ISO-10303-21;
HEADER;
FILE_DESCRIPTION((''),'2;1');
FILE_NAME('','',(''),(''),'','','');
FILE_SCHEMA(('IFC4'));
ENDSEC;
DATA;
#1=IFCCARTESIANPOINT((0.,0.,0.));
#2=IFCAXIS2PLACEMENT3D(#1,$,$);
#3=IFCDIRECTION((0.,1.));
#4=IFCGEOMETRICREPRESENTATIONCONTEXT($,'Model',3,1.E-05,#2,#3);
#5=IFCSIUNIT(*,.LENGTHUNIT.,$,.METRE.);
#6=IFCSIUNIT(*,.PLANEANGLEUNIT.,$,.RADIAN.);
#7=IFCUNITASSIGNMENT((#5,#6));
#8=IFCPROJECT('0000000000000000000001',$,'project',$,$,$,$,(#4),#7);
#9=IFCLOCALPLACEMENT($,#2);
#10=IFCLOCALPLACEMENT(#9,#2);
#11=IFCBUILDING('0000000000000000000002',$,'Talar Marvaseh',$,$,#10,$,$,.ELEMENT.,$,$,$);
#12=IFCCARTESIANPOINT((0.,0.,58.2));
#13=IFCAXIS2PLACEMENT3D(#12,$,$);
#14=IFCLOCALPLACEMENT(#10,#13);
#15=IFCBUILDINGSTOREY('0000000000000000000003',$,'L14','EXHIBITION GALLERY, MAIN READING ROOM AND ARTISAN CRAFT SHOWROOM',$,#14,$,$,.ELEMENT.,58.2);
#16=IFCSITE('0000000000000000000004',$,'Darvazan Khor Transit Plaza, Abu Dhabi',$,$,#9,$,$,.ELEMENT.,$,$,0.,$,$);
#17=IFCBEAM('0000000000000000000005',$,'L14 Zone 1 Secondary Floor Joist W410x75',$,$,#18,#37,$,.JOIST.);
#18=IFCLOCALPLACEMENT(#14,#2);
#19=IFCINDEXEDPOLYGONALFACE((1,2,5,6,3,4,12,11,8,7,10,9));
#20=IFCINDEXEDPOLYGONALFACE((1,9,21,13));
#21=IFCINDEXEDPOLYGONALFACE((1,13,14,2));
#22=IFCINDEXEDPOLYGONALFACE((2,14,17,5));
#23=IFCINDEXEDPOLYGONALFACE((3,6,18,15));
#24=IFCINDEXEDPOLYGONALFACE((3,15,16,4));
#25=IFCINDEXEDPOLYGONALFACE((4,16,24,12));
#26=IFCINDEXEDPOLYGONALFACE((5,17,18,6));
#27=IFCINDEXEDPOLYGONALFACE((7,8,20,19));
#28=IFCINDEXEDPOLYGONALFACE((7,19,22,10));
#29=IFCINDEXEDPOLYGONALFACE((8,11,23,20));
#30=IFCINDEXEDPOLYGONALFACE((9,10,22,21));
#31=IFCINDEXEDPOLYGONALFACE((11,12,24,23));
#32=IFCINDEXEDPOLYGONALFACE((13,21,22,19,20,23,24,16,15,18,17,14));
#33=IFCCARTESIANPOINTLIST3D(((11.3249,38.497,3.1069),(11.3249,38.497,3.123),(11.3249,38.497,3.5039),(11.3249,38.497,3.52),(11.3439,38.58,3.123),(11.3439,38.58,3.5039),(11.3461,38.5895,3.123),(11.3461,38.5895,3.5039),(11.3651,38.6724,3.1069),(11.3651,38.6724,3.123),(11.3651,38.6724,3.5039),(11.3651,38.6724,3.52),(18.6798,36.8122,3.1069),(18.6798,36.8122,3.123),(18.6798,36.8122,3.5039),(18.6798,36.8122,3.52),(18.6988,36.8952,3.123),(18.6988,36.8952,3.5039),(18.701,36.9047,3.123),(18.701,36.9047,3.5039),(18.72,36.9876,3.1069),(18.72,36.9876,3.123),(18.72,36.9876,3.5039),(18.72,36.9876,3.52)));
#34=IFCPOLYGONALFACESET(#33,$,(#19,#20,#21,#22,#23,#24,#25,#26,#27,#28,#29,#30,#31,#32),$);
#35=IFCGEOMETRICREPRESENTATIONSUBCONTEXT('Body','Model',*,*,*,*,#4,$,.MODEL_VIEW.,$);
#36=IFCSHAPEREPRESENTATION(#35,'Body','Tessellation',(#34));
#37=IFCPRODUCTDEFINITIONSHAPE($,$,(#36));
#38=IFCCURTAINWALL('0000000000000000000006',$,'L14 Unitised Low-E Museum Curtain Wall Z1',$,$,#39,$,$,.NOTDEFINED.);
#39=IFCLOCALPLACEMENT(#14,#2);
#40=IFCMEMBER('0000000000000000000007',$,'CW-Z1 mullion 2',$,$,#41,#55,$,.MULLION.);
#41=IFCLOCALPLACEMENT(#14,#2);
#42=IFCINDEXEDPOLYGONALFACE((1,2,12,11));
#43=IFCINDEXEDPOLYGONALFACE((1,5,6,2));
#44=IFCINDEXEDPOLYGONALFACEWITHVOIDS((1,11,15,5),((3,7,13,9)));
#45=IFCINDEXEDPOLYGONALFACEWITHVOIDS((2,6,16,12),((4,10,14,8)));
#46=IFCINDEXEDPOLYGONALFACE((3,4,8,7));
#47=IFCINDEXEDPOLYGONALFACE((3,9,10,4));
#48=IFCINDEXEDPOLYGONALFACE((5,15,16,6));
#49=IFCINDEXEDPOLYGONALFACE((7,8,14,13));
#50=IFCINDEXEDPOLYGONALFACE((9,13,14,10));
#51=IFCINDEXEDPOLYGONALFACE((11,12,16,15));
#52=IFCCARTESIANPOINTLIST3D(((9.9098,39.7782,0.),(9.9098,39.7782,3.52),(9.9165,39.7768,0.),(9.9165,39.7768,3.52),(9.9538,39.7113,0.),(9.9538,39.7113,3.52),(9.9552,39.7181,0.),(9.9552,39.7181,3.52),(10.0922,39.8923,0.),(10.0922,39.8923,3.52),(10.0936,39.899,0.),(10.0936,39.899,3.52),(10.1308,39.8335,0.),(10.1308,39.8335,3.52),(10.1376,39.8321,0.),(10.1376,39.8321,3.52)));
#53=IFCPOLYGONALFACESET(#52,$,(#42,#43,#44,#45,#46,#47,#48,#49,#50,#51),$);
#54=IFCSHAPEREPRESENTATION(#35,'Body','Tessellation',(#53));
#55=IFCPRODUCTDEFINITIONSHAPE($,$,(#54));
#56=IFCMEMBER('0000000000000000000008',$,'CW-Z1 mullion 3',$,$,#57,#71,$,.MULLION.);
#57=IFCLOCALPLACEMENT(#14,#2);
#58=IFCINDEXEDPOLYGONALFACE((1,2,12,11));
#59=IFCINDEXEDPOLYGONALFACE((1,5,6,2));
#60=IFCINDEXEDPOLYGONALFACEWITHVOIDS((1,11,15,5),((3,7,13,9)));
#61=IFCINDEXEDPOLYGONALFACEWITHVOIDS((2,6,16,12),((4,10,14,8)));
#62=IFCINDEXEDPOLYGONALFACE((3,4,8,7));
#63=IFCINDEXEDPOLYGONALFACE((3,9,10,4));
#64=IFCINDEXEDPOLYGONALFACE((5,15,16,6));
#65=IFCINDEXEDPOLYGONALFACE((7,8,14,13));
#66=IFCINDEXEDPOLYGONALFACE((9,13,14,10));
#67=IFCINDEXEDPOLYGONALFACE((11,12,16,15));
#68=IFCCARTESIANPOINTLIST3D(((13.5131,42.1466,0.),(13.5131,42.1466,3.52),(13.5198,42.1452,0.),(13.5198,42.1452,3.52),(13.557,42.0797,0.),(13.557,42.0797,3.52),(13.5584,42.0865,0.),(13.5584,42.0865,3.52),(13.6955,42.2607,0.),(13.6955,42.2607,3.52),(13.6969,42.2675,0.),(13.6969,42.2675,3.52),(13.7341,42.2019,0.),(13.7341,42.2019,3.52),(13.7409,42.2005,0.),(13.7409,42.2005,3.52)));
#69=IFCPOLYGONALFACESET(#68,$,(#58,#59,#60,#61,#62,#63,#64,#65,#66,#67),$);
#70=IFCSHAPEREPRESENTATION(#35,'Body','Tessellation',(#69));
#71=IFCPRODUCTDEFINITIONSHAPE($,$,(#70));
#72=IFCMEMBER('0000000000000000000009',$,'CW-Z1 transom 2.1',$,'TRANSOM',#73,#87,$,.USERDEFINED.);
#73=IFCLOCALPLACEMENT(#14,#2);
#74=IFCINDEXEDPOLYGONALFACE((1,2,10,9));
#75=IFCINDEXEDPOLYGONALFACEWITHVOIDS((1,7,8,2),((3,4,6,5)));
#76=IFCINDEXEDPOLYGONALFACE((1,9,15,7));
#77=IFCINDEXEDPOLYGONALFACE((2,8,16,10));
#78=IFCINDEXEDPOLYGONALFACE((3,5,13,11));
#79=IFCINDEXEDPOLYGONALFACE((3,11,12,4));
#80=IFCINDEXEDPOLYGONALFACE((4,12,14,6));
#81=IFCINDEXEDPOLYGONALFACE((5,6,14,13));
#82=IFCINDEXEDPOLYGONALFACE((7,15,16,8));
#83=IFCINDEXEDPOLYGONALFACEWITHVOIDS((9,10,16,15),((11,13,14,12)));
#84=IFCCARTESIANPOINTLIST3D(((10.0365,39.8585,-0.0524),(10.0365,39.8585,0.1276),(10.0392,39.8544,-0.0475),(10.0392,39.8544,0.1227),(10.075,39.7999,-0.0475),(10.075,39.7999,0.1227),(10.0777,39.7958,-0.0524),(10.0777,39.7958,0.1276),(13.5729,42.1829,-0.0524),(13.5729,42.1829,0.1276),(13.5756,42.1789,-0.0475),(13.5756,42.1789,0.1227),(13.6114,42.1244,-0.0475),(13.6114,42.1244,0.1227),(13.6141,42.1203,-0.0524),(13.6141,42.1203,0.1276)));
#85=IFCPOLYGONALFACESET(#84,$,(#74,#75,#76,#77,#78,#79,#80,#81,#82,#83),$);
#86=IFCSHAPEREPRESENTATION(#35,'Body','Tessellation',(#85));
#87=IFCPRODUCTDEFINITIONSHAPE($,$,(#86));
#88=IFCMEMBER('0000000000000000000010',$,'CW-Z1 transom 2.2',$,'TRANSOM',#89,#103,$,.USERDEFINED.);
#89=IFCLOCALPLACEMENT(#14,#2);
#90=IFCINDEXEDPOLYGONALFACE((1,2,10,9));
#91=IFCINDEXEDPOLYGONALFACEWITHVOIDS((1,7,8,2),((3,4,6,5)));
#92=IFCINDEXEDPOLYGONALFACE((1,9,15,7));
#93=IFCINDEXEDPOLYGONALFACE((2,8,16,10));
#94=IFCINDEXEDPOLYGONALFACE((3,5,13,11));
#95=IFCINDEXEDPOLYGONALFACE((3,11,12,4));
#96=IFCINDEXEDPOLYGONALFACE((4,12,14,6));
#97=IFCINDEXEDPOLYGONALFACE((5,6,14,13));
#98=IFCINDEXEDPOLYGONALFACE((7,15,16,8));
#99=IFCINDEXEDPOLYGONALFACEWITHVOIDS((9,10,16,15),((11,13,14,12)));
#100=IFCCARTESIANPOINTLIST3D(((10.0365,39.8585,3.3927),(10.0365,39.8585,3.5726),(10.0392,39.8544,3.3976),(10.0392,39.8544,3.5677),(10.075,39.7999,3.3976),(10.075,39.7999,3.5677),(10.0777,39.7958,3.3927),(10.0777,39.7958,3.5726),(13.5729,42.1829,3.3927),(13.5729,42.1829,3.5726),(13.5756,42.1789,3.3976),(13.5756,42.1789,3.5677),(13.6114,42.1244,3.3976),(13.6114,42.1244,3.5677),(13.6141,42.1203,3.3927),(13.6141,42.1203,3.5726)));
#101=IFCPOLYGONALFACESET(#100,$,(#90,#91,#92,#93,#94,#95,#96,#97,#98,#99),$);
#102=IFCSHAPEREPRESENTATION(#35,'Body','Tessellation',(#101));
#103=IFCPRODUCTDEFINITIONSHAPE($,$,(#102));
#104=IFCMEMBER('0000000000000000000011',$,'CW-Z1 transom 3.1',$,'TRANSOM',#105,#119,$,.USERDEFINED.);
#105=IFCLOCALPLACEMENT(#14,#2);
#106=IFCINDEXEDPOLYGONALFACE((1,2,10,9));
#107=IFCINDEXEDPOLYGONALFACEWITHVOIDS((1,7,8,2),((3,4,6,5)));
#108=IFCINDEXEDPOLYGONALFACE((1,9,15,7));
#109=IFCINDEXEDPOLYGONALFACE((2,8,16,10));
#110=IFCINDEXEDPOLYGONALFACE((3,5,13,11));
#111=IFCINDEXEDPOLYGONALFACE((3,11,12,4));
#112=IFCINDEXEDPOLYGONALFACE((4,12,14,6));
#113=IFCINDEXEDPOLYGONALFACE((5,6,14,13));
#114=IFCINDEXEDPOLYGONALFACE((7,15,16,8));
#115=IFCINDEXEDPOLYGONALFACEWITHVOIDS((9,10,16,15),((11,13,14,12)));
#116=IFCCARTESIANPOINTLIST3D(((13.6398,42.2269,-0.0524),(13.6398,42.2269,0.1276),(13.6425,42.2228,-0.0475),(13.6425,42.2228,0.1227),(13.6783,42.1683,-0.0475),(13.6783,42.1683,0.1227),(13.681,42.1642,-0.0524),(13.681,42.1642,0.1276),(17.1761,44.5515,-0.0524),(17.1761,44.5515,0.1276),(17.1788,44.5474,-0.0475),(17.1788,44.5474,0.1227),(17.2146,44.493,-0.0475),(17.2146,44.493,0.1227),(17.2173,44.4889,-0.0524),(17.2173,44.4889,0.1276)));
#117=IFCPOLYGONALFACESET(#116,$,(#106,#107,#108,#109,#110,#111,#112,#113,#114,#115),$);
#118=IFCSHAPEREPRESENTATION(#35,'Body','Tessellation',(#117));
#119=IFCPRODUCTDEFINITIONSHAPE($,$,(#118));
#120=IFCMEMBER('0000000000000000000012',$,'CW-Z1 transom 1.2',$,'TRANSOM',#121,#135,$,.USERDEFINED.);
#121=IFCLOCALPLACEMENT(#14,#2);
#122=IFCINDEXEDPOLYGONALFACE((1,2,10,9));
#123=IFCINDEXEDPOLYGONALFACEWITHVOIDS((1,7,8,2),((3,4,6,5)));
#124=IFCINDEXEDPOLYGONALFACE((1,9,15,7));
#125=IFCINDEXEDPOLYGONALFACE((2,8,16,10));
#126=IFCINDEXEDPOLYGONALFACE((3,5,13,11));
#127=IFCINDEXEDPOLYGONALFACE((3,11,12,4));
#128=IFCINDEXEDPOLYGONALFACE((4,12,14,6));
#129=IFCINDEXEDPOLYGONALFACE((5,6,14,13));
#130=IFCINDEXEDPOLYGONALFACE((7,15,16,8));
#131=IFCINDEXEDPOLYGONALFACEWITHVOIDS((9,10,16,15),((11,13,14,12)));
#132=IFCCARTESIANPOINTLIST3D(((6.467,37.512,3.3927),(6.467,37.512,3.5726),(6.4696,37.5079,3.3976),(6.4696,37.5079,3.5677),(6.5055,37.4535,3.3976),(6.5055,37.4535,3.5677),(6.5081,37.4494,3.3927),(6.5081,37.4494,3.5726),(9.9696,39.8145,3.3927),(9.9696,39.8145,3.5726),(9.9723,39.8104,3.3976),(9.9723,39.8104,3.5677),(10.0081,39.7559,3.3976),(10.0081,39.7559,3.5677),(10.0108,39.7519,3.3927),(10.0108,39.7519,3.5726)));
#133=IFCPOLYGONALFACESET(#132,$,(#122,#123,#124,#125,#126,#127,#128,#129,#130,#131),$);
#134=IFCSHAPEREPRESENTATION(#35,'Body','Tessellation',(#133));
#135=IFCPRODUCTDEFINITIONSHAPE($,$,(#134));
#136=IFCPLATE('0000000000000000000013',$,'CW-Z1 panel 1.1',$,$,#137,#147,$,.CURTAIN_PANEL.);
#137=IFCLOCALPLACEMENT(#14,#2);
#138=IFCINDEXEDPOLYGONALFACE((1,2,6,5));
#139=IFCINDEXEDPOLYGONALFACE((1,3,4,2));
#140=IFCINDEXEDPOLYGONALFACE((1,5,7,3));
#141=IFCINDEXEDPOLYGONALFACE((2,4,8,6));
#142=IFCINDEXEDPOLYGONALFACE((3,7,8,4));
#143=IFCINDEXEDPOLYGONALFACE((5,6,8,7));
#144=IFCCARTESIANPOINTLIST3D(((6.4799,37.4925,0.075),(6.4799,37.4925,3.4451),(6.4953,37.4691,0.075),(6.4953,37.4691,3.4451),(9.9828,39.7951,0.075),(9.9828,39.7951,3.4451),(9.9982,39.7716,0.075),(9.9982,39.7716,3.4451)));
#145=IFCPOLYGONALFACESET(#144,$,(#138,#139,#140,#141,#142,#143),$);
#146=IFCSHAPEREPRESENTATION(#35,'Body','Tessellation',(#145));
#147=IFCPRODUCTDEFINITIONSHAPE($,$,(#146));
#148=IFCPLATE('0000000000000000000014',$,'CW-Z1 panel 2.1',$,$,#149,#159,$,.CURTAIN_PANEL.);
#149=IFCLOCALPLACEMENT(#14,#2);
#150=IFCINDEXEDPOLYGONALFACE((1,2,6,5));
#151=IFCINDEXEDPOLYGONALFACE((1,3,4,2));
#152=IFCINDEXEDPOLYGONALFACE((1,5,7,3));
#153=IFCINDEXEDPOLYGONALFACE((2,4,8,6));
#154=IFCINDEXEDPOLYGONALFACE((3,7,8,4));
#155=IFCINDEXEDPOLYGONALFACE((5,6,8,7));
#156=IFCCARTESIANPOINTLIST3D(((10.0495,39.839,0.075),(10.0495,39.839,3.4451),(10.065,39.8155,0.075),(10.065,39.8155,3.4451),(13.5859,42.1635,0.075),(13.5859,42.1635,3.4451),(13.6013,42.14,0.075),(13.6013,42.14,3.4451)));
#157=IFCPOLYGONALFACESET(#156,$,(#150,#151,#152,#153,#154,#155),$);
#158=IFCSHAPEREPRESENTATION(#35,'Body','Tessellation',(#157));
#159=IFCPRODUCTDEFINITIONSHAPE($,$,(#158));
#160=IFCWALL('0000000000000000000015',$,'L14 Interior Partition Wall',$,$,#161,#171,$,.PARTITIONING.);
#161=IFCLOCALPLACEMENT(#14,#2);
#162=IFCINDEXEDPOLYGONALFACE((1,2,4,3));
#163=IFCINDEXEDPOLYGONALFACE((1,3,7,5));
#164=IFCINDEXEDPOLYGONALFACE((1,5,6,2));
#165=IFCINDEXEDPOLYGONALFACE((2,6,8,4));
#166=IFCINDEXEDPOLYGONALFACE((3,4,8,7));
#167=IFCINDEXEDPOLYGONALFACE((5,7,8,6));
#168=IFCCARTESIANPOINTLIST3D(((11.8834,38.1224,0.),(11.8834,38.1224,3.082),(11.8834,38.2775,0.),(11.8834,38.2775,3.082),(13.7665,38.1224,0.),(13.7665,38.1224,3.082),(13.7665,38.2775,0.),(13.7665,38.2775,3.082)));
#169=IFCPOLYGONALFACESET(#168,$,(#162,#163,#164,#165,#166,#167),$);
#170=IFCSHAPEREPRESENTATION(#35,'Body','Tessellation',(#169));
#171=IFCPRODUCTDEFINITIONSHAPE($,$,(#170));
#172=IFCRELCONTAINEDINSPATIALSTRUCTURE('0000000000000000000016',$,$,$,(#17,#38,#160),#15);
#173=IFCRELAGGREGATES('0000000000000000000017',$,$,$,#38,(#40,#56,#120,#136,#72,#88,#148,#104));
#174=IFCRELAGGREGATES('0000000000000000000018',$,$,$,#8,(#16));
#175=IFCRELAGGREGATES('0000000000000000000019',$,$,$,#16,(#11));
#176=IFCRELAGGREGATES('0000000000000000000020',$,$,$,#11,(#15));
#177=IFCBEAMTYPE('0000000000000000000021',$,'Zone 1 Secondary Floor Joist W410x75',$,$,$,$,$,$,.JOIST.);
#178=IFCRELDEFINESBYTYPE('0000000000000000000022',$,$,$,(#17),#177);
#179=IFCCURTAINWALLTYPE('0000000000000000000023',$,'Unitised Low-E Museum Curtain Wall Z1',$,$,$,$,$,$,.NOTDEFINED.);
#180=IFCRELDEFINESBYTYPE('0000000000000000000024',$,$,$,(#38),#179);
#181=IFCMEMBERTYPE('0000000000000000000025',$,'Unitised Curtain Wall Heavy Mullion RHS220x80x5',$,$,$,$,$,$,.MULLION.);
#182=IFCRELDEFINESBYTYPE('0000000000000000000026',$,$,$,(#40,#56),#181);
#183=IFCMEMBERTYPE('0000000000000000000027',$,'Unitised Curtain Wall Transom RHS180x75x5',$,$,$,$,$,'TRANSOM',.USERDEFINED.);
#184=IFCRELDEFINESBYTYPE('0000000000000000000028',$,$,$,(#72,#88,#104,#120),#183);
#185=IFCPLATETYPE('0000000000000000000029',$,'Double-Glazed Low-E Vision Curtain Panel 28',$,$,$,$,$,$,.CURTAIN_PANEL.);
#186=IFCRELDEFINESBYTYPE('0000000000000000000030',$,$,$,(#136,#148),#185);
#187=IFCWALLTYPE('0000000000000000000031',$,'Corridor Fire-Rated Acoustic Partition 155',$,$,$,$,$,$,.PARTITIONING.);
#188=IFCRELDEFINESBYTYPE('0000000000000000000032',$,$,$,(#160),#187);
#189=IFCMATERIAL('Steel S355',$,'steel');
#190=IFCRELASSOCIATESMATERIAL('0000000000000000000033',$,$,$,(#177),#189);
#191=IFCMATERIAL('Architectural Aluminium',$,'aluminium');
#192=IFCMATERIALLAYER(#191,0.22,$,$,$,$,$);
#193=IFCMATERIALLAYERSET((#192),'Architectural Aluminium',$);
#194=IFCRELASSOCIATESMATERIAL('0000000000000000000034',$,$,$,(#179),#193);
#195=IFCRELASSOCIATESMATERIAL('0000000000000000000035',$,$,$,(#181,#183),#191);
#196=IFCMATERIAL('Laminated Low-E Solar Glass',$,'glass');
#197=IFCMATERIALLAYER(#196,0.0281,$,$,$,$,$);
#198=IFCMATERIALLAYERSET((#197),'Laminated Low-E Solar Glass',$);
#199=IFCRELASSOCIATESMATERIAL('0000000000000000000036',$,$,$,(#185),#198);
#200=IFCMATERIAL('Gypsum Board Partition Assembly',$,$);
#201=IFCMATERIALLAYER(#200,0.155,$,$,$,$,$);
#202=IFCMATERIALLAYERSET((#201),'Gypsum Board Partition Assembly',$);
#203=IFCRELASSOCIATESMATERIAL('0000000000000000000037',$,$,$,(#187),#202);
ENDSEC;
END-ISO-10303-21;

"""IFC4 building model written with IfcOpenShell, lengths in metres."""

from ifc_helpers import new_model, si_unit, direction, frame, frame_2d, origin, origin_2d, place, context, subcontext, project, spatial, rectangle, hollow_rectangle, i_section, extrude, source, transform, mapped, material, layer, layer_set, material_profile, profile_set, type_object, type_shapes, element, aggregate, save


model = new_model("IFC4")

# Units and contexts
model_context = context("Model", 3, precision=1e-05, world=origin(), true_north=direction((0.0, 1.0)))
body_context = subcontext(model_context, "Body", "Model", "MODEL_VIEW")
ifc_project = project(units=[si_unit("LENGTHUNIT", "METRE"), si_unit("PLANEANGLEUNIT", "RADIAN")], contexts=[model_context])

# Site, building, storey
site_placement = place(None, origin())
site = spatial("IfcSite", under=ifc_project, at=site_placement, Name="Darvazan Khor Transit Plaza, Abu Dhabi", CompositionType="ELEMENT", RefElevation=0.0)
building_placement = place(site_placement, origin())
building = spatial("IfcBuilding", under=site, at=building_placement, Name="Talar Marvaseh", CompositionType="ELEMENT")
storey_placement = place(building_placement, frame((0.0, 0.0, 58.2)))
storey = spatial("IfcBuildingStorey", under=building, at=storey_placement, Name="L14", Description="EXHIBITION GALLERY, MAIN READING ROOM AND ARTISAN CRAFT SHOWROOM", CompositionType="ELEMENT", Elevation=58.2)

# Beam
ifc_material_1 = material(Name="Steel S355", Category="steel")
ifc_material_profile_1 = material_profile(ifc_material_1, i_section(OverallWidth=0.1799, OverallDepth=0.4131, WebThickness=0.0098, FlangeThickness=0.0161, at=origin_2d()), Name="W410x75")
ifc_profile_set_1 = profile_set([ifc_material_profile_1], Name="Steel S355")
beam_type = type_object("IfcBeamType", Name="Zone 1 Secondary Floor Joist W410x75", PredefinedType="JOIST", material=ifc_profile_set_1)
beam_placement = place(storey_placement, frame((11.345, 38.5847, 3.3135), z_axis=(0.974753, -0.223288, 0.0), x_axis=(0.223288, 0.974753, 0.0)))
element("IfcBeam", 1, at=beam_placement, inside=storey, type_object=beam_type, Name="L14 Zone 1 Secondary Floor Joist W410x75", PredefinedType="JOIST", context=body_context, shape_type="SweptSolid", body=[
    extrude(i_section(OverallWidth=0.1799, OverallDepth=0.4131, WebThickness=0.0098, FlangeThickness=0.0161, at=origin_2d()), origin(), (0.0, 0.0, 1.0), 7.5454),
])

# Curtain wall, members, plates
ifc_material_2 = material(Name="Architectural Aluminium", Category="aluminium")
ifc_layer_1 = layer(ifc_material_2, 0.22)
ifc_layer_set_1 = layer_set([ifc_layer_1], Name="Architectural Aluminium")
curtain_wall_type = type_object("IfcCurtainWallType", Name="Unitised Low-E Museum Curtain Wall Z1", PredefinedType="NOTDEFINED", material=ifc_layer_set_1)
curtain_wall_placement = place(storey_placement, origin())
curtain_wall = element("IfcCurtainWall", 2, at=curtain_wall_placement, inside=storey, type_object=curtain_wall_type, Name="L14 Unitised Low-E Museum Curtain Wall Z1", PredefinedType="NOTDEFINED")
ifc_material_profile_2 = material_profile(ifc_material_2, hollow_rectangle(XDim=0.0801, YDim=0.22, WallThickness=0.0049, at=origin_2d()), Name="RHS220x80x5")
ifc_profile_set_2 = profile_set([ifc_material_profile_2], Name="Architectural Aluminium")
member_type_1 = type_object("IfcMemberType", Name="Unitised Curtain Wall Heavy Mullion RHS220x80x5", PredefinedType="MULLION", material=ifc_profile_set_2)
shared_shape_1 = source(origin(), body_context, "Body", "SweptSolid", [
    extrude(hollow_rectangle(XDim=0.0801, YDim=0.22, WallThickness=0.0049, at=origin_2d()), origin(), (0.0, 0.0, 1.0), 3.52),
])
type_shapes(member_type_1, [shared_shape_1])
member_1_placement = place(storey_placement, frame((10.0237, 39.8052, 0.0), z_axis=(0.0, 0.0, 1.0), x_axis=(-0.549283, 0.835636, 0.0)))
member_1 = element("IfcMember", 3, at=member_1_placement, type_object=member_type_1, Name="CW-Z1 mullion 2", PredefinedType="MULLION", context=body_context, shape_type="MappedRepresentation", body=[
    mapped(shared_shape_1, transform((0.0, 0.0, 0.0), x_axis=(1.0, 0.0, 0.0), y_axis=(0.0, 1.0, 0.0), z_axis=(0.0, 0.0, 1.0), scale=1.0)),
])
member_2_placement = place(storey_placement, frame((13.627, 42.1736, 0.0), z_axis=(0.0, 0.0, 1.0), x_axis=(-0.549283, 0.835636, 0.0)))
member_2 = element("IfcMember", 4, at=member_2_placement, type_object=member_type_1, Name="CW-Z1 mullion 3", PredefinedType="MULLION", context=body_context, shape_type="MappedRepresentation", body=[
    mapped(shared_shape_1, transform((0.0, 0.0, 0.0), x_axis=(1.0, 0.0, 0.0), y_axis=(0.0, 1.0, 0.0), z_axis=(0.0, 0.0, 1.0), scale=1.0)),
])
ifc_material_profile_3 = material_profile(ifc_material_2, hollow_rectangle(XDim=0.075, YDim=0.1799, WallThickness=0.0049, at=origin_2d()), Name="RHS180x75x5")
ifc_profile_set_3 = profile_set([ifc_material_profile_3], Name="Architectural Aluminium")
member_type_2 = type_object("IfcMemberType", Name="Unitised Curtain Wall Transom RHS180x75x5", ElementType="TRANSOM", PredefinedType="USERDEFINED", material=ifc_profile_set_3)
shared_shape_2 = source(origin(), body_context, "Body", "SweptSolid", [
    extrude(hollow_rectangle(XDim=0.075, YDim=0.1799, WallThickness=0.0049, at=origin_2d()), origin(), (0.0, 0.0, 1.0), 4.2319),
])
member_3_placement = place(storey_placement, frame((10.0571, 39.8271, 0.0376), z_axis=(0.835645, 0.54927, 0.0), x_axis=(-0.54927, 0.835645, 0.0)))
member_3 = element("IfcMember", 5, at=member_3_placement, type_object=member_type_2, Name="CW-Z1 transom 2.1", ObjectType="TRANSOM", PredefinedType="USERDEFINED", context=body_context, shape_type="MappedRepresentation", body=[
    mapped(shared_shape_2, transform((0.0, 0.0, 0.0), x_axis=(1.0, 0.0, 0.0), y_axis=(0.0, 1.0, 0.0), z_axis=(0.0, 0.0, 1.0), scale=1.0)),
])
member_4_placement = place(storey_placement, frame((10.0571, 39.8271, 3.4827), z_axis=(0.835645, 0.54927, 0.0), x_axis=(-0.54927, 0.835645, 0.0)))
member_4 = element("IfcMember", 6, at=member_4_placement, type_object=member_type_2, Name="CW-Z1 transom 2.2", ObjectType="TRANSOM", PredefinedType="USERDEFINED", context=body_context, shape_type="MappedRepresentation", body=[
    mapped(shared_shape_2, transform((0.0, 0.0, 0.0), x_axis=(1.0, 0.0, 0.0), y_axis=(0.0, 1.0, 0.0), z_axis=(0.0, 0.0, 1.0), scale=1.0)),
])
member_5_placement = place(storey_placement, frame((13.6604, 42.1956, 0.0376), z_axis=(0.835618, 0.54931, 0.0), x_axis=(-0.54931, 0.835618, 0.0)))
member_5 = element("IfcMember", 7, at=member_5_placement, type_object=member_type_2, Name="CW-Z1 transom 3.1", ObjectType="TRANSOM", PredefinedType="USERDEFINED", context=body_context, shape_type="MappedRepresentation", body=[
    mapped(shared_shape_2, transform((0.0, 0.0, 0.0), x_axis=(1.0, 0.0, 0.0), y_axis=(0.0, 1.0, 0.0), z_axis=(0.0, 0.0, 1.0), scale=1.0)),
])
shared_shape_3 = source(origin(), body_context, "Body", "SweptSolid", [
    extrude(hollow_rectangle(XDim=0.075, YDim=0.1799, WallThickness=0.0049, at=origin_2d()), origin(), (0.0, 0.0, 1.0), 4.1917),
])
type_shapes(member_type_2, [shared_shape_2, shared_shape_3])
member_6_placement = place(storey_placement, frame((6.4875, 37.4807, 3.4827), z_axis=(0.835626, 0.549299, 0.0), x_axis=(-0.549299, 0.835626, 0.0)))
member_6 = element("IfcMember", 8, at=member_6_placement, type_object=member_type_2, Name="CW-Z1 transom 1.2", ObjectType="TRANSOM", PredefinedType="USERDEFINED", context=body_context, shape_type="MappedRepresentation", body=[
    mapped(shared_shape_3, transform((0.0, 0.0, 0.0), x_axis=(1.0, 0.0, 0.0), y_axis=(0.0, 1.0, 0.0), z_axis=(0.0, 0.0, 1.0), scale=1.0)),
])
ifc_material_3 = material(Name="Laminated Low-E Solar Glass", Category="glass")
ifc_layer_2 = layer(ifc_material_3, 0.0281)
ifc_layer_set_2 = layer_set([ifc_layer_2], Name="Laminated Low-E Solar Glass")
plate_type = type_object("IfcPlateType", Name="Double-Glazed Low-E Vision Curtain Panel 28", PredefinedType="CURTAIN_PANEL", material=ifc_layer_set_2)
shared_shape_4 = source(origin(), body_context, "Body", "SweptSolid", [
    extrude(rectangle(XDim=4.1919, YDim=0.0281, at=origin_2d()), origin(), (0.0, 0.0, 1.0), 3.3701),
])
plate_1_placement = place(storey_placement, frame((8.239, 38.6321, 0.075), z_axis=(0.0, 0.0, 1.0), x_axis=(0.835636, 0.549283, 0.0)))
plate_1 = element("IfcPlate", 9, at=plate_1_placement, type_object=plate_type, Name="CW-Z1 panel 1.1", PredefinedType="CURTAIN_PANEL", context=body_context, shape_type="MappedRepresentation", body=[
    mapped(shared_shape_4, transform((0.0, 0.0, 0.0), x_axis=(1.0, 0.0, 0.0), y_axis=(0.0, 1.0, 0.0), z_axis=(0.0, 0.0, 1.0), scale=1.0)),
])
shared_shape_5 = source(origin(), body_context, "Body", "SweptSolid", [
    extrude(rectangle(XDim=4.2319, YDim=0.0281, at=origin_2d()), origin(), (0.0, 0.0, 1.0), 3.3701),
])
type_shapes(plate_type, [shared_shape_4, shared_shape_5])
plate_2_placement = place(storey_placement, frame((11.8254, 40.9895, 0.075), z_axis=(0.0, 0.0, 1.0), x_axis=(0.835636, 0.549283, 0.0)))
plate_2 = element("IfcPlate", 10, at=plate_2_placement, type_object=plate_type, Name="CW-Z1 panel 2.1", PredefinedType="CURTAIN_PANEL", context=body_context, shape_type="MappedRepresentation", body=[
    mapped(shared_shape_5, transform((0.0, 0.0, 0.0), x_axis=(1.0, 0.0, 0.0), y_axis=(0.0, 1.0, 0.0), z_axis=(0.0, 0.0, 1.0), scale=1.0)),
])
aggregate(curtain_wall, [member_1, member_2, member_6, plate_1, member_3, member_4, plate_2, member_5])

# Wall
ifc_material_4 = material(Name="Gypsum Board Partition Assembly")
ifc_layer_3 = layer(ifc_material_4, 0.155)
ifc_layer_set_3 = layer_set([ifc_layer_3], Name="Gypsum Board Partition Assembly")
wall_type = type_object("IfcWallType", Name="Corridor Fire-Rated Acoustic Partition 155", PredefinedType="PARTITIONING", material=ifc_layer_set_3)
wall_placement = place(storey_placement, frame((11.8835, 38.2, 0.0), z_axis=(0.0, 0.0, 1.0), x_axis=(1.0, 0.0, 0.0)))
element("IfcWall", 11, at=wall_placement, inside=storey, type_object=wall_type, Name="L14 Interior Partition Wall", PredefinedType="PARTITIONING", context=body_context, shape_type="SweptSolid", body=[
    extrude(rectangle(XDim=1.8831, YDim=0.155, at=frame_2d((0.9414, 0.0))), origin(), (0.0, 0.0, 1.0), 3.082),
])

save(model, "model.ifc")
